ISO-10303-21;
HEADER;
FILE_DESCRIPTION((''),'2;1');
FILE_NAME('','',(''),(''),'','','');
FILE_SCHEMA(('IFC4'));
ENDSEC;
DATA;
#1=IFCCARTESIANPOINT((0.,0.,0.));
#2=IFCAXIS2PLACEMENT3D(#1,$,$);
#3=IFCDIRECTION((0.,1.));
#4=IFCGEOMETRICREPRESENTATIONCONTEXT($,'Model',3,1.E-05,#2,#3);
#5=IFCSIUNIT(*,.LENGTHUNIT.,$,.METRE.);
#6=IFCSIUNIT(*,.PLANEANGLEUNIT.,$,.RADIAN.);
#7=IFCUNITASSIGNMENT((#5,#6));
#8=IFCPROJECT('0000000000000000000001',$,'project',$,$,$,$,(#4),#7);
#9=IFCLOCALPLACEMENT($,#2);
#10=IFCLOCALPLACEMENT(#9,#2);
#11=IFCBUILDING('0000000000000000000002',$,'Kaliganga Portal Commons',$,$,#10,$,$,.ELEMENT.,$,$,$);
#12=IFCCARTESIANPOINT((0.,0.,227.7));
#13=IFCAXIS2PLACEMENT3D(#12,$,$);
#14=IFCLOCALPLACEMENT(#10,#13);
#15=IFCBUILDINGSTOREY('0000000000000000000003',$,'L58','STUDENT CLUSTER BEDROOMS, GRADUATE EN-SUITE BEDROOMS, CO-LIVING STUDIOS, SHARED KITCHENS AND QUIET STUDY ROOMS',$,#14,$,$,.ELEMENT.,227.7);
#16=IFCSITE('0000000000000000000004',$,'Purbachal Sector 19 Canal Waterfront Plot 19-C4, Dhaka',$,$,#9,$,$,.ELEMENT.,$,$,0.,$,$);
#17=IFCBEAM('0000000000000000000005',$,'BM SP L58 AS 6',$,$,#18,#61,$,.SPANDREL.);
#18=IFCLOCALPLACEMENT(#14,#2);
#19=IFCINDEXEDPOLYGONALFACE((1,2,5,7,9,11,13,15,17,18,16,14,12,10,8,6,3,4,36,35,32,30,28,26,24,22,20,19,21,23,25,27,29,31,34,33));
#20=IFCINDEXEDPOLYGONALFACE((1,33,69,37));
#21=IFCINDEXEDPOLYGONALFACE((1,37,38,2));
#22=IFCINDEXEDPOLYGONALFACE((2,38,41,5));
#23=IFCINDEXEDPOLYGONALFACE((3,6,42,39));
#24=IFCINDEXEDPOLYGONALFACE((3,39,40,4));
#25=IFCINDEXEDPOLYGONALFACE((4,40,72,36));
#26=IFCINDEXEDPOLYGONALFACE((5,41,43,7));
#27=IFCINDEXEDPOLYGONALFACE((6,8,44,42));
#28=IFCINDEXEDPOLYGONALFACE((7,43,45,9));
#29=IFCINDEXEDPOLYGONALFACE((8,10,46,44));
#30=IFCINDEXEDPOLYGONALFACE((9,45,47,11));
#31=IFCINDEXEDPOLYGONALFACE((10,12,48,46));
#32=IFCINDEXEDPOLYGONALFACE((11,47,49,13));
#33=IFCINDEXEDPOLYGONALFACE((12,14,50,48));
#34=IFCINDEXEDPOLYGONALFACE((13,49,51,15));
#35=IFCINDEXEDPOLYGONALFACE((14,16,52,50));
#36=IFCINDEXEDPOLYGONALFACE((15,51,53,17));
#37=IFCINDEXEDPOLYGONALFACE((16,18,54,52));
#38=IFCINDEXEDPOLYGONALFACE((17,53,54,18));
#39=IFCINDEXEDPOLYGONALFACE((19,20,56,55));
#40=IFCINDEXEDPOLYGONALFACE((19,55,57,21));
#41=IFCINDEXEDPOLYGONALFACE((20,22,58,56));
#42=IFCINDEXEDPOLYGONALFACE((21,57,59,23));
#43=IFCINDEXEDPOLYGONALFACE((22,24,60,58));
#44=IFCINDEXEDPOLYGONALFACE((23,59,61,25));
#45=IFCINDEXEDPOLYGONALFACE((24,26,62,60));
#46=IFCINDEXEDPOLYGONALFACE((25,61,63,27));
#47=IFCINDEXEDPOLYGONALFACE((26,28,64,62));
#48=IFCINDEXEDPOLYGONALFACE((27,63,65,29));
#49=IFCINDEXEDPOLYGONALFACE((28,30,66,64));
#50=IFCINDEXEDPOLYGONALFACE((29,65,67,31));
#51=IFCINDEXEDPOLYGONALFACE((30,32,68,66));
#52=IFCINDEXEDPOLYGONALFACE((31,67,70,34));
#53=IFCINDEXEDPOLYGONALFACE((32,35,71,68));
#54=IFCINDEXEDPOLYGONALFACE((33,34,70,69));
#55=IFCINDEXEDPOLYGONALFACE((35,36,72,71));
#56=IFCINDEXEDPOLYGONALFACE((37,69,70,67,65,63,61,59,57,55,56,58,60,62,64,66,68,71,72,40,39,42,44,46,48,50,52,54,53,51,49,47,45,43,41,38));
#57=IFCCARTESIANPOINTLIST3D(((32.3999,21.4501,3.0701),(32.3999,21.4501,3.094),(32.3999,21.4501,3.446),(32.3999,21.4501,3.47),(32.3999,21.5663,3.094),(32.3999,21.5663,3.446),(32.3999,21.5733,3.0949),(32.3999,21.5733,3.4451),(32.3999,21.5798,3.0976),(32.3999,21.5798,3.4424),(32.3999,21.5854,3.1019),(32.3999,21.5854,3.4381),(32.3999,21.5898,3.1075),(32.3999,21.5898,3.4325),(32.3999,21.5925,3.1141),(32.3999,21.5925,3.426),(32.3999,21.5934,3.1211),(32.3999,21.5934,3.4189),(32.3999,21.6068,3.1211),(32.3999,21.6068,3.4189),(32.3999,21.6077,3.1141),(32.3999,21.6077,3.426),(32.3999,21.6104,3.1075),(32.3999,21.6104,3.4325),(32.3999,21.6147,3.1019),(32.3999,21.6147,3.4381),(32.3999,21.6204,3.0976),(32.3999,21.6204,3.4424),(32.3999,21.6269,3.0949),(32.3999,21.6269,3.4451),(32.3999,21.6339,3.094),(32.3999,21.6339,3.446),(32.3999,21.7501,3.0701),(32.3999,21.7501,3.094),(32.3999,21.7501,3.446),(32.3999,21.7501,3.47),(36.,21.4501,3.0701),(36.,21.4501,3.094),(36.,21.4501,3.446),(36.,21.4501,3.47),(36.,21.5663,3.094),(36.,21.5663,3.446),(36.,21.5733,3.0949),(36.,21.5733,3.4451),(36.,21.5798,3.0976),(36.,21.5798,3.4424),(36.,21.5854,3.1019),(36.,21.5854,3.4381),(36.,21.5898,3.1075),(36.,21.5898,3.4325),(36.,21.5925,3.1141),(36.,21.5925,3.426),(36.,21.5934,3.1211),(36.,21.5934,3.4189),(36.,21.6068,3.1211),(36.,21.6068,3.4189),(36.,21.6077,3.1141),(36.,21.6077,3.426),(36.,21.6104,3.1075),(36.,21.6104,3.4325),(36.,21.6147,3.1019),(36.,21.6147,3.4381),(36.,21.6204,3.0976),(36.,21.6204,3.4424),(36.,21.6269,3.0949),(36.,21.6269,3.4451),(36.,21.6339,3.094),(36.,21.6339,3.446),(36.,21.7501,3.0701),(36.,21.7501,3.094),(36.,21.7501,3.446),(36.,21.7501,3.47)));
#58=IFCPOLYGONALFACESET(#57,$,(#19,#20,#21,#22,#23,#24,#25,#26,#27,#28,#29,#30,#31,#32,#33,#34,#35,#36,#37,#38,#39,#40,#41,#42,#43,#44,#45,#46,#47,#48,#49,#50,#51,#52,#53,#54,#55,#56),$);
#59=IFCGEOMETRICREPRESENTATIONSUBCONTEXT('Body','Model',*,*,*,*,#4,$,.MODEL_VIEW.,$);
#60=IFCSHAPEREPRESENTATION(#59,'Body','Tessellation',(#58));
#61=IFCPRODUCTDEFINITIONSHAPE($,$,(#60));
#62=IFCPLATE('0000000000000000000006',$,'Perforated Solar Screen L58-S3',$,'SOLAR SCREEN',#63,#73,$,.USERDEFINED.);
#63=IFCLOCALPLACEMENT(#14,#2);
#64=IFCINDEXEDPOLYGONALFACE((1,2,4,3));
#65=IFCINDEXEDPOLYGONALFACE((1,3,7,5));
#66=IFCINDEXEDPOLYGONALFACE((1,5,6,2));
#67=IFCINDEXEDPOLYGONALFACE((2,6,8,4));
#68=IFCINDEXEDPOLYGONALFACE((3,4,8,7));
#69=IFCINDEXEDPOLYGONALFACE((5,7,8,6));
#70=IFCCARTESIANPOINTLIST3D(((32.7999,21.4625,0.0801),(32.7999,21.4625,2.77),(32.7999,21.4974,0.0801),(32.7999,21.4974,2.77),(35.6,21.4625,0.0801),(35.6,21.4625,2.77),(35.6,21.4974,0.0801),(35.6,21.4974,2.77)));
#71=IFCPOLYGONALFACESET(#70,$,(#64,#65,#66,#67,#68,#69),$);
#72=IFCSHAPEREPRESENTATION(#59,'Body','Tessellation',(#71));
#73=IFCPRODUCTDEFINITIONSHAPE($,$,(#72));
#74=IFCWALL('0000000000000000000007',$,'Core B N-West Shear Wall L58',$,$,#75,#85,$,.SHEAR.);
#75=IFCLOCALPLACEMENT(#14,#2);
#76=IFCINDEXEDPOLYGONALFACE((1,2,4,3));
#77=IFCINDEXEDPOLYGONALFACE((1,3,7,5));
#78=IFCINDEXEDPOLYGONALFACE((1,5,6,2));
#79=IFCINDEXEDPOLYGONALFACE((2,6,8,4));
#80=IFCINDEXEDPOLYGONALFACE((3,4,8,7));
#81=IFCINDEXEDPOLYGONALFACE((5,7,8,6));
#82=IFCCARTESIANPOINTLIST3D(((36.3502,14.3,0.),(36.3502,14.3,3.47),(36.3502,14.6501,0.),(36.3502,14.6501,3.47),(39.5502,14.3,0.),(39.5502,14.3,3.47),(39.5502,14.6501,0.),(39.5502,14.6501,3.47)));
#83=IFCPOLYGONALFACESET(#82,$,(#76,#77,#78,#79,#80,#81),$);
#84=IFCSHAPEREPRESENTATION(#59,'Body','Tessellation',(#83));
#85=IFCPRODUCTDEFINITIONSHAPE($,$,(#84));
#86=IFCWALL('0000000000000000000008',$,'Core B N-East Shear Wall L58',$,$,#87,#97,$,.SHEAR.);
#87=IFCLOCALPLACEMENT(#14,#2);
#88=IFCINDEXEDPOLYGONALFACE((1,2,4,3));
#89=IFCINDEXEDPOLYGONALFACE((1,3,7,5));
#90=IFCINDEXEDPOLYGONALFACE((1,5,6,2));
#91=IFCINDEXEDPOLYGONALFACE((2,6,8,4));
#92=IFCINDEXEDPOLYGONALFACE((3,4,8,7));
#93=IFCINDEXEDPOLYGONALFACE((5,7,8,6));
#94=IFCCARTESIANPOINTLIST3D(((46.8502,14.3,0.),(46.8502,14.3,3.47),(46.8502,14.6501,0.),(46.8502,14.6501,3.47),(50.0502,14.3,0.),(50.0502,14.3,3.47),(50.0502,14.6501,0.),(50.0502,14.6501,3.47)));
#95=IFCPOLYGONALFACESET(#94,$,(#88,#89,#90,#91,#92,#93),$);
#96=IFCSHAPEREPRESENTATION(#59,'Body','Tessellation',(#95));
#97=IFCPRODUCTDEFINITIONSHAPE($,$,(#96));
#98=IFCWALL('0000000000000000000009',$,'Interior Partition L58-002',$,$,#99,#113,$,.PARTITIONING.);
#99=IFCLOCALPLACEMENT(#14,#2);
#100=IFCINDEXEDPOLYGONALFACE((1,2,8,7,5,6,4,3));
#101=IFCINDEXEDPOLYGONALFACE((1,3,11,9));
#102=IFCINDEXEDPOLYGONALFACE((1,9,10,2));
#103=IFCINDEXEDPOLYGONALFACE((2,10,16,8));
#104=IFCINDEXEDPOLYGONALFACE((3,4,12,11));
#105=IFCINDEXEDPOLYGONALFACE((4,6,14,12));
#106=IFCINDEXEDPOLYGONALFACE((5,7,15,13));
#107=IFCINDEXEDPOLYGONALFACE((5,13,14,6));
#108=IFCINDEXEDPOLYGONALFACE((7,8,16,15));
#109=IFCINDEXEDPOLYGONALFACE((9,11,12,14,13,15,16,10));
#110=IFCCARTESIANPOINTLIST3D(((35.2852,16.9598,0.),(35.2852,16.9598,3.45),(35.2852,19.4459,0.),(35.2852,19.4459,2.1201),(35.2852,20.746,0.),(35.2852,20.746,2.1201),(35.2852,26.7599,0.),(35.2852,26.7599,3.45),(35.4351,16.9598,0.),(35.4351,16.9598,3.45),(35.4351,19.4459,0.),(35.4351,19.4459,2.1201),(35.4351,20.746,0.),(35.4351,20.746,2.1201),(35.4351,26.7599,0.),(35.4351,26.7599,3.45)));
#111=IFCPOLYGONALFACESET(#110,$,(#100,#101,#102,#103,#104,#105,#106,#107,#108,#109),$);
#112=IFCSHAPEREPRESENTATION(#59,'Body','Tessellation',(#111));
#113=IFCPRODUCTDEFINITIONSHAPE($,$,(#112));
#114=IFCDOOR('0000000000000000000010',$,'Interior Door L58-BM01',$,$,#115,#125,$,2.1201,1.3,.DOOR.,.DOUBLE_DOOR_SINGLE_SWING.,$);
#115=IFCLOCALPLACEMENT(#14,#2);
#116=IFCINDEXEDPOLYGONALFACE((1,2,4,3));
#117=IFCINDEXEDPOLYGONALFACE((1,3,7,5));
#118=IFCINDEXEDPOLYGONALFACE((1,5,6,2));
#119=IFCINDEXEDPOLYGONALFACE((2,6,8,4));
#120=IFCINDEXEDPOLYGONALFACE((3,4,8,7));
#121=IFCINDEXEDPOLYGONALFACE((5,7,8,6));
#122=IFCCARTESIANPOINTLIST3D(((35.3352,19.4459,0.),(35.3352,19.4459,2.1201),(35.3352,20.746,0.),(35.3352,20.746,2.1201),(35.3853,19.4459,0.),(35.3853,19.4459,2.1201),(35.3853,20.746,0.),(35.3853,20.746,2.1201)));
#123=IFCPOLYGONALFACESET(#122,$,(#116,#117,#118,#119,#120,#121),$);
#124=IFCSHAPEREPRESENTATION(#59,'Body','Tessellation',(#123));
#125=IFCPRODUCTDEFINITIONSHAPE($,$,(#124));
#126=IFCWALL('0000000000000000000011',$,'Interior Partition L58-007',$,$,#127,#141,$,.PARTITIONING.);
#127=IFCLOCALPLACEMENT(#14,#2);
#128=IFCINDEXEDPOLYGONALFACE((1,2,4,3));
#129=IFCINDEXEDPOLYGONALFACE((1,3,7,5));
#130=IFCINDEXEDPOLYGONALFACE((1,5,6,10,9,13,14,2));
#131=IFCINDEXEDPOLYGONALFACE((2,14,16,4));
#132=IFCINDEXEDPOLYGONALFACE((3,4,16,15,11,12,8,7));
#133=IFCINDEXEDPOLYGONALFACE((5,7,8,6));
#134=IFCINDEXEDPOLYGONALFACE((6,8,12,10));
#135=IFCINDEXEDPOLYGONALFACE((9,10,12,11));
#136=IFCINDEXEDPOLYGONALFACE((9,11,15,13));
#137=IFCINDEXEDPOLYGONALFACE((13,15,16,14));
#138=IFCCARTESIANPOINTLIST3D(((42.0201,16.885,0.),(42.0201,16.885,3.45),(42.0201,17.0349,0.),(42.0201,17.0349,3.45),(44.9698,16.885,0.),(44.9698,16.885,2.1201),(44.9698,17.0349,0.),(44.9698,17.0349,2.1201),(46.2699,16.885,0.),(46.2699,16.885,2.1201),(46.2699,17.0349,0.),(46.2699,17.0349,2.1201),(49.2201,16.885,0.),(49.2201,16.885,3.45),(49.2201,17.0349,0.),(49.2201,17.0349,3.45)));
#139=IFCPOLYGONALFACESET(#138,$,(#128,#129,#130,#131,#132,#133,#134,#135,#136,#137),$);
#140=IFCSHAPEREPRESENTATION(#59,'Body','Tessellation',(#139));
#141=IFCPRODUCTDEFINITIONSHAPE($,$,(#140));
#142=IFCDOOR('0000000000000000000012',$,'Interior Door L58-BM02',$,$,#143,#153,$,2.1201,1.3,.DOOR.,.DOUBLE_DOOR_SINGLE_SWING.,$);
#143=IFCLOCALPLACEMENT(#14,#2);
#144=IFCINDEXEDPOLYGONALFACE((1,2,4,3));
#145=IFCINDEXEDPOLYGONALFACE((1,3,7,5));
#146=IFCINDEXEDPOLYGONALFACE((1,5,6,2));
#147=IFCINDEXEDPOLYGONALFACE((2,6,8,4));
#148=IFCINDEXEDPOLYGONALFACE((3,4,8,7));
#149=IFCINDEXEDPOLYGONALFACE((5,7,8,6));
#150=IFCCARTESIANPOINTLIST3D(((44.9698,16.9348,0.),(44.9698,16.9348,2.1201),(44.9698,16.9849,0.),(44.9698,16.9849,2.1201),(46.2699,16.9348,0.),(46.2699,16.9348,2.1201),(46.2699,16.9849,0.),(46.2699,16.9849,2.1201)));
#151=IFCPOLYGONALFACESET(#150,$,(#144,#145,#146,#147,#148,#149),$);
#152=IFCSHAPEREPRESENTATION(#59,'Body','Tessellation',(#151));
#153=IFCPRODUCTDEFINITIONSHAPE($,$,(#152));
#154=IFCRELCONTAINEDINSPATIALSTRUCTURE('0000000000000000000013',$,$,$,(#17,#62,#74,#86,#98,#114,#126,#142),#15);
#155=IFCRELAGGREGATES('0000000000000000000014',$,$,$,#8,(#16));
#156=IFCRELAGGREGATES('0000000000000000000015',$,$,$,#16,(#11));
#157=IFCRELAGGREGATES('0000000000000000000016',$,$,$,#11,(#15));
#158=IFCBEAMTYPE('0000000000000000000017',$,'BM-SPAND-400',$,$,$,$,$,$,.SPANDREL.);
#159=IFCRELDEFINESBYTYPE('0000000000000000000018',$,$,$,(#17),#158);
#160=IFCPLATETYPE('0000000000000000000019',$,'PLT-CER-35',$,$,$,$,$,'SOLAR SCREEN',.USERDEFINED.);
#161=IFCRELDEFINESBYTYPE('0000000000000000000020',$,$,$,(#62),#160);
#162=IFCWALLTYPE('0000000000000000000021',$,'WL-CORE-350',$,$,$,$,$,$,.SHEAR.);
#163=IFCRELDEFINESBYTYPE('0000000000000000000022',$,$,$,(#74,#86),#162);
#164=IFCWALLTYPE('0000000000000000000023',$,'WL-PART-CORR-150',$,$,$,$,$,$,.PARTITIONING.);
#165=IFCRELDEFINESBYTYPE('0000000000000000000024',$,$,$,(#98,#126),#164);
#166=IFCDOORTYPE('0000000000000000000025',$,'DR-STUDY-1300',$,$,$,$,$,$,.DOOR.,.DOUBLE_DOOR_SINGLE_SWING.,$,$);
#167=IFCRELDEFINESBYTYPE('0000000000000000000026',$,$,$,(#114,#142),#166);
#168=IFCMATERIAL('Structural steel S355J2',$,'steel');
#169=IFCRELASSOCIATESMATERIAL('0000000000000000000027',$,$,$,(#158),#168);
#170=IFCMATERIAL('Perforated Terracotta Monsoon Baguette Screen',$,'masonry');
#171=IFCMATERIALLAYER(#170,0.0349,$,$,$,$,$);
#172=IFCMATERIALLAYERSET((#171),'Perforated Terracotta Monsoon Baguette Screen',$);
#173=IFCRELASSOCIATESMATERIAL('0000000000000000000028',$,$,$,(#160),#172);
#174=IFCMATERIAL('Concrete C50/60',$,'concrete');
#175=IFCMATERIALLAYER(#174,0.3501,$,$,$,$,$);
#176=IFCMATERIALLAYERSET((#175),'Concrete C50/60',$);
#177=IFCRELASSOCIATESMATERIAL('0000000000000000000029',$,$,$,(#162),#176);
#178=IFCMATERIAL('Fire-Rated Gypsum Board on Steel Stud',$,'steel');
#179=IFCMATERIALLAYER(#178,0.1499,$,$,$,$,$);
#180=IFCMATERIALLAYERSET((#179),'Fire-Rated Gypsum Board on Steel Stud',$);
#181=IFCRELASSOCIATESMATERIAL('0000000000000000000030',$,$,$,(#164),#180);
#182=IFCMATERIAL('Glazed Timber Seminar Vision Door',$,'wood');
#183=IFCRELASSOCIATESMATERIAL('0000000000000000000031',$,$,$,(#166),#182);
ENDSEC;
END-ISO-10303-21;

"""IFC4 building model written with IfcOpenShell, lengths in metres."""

from ifc_helpers import new_model, si_unit, direction, frame, frame_2d, origin, origin_2d, place, context, subcontext, project, spatial, rectangle, i_section, extrude, source, transform, mapped, material, layer, layer_set, material_profile, profile_set, type_object, element, fill, save


model = new_model("IFC4")

# Units and contexts
model_context = context("Model", 3, precision=1e-05, world=origin(), true_north=direction((0.0, 1.0)))
body_context = subcontext(model_context, "Body", "Model", "MODEL_VIEW")
ifc_project = project(units=[si_unit("LENGTHUNIT", "METRE"), si_unit("PLANEANGLEUNIT", "RADIAN")], contexts=[model_context])

# Site, building, storey
site_placement = place(None, origin())
site = spatial("IfcSite", under=ifc_project, at=site_placement, Name="Purbachal Sector 19 Canal Waterfront Plot 19-C4, Dhaka", CompositionType="ELEMENT", RefElevation=0.0)
building_placement = place(site_placement, origin())
building = spatial("IfcBuilding", under=site, at=building_placement, Name="Kaliganga Portal Commons", CompositionType="ELEMENT")
storey_placement = place(building_placement, frame((0.0, 0.0, 227.7)))
storey = spatial("IfcBuildingStorey", under=building, at=storey_placement, Name="L58", Description="STUDENT CLUSTER BEDROOMS, GRADUATE EN-SUITE BEDROOMS, CO-LIVING STUDIOS, SHARED KITCHENS AND QUIET STUDY ROOMS", CompositionType="ELEMENT", Elevation=227.7)

# Shared definitions
ifc_material_1 = material(Name="Concrete C50/60", Category="concrete")

# Beam
ifc_material_2 = material(Name="Structural steel S355J2", Category="steel")
ifc_material_profile_1 = material_profile(ifc_material_2, i_section(OverallWidth=0.3, OverallDepth=0.3999, WebThickness=0.0134, FlangeThickness=0.0239, FilletRadius=0.0271, at=origin_2d()), Name="HE 400 B")
ifc_profile_set_1 = profile_set([ifc_material_profile_1], Name="Structural steel S355J2 wide-flange")
beam_type_1 = type_object("IfcBeamType", Name="BM-SPAND-400", PredefinedType="SPANDREL", material=ifc_profile_set_1)
shared_shape_1 = source(origin(), body_context, "Body", "SweptSolid", [
    extrude(i_section(OverallWidth=0.3, OverallDepth=0.3999, WebThickness=0.0134, FlangeThickness=0.0239, FilletRadius=0.0271, at=origin_2d()), origin(), (0.0, 0.0, 1.0), 3.6001),
])
beam_1_placement = place(storey_placement, frame((32.3999, 21.6001, 3.27), z_axis=(1.0, 0.0, 0.0), x_axis=(0.0, 1.0, 0.0)))
element("IfcBeam", 1, at=beam_1_placement, inside=storey, type_object=beam_type_1, Name="BM SP L58 AS 6", PredefinedType="SPANDREL", context=body_context, shape_type="MappedRepresentation", body=[
    mapped(shared_shape_1, transform((0.0, 0.0, 0.0), x_axis=(1.0, 0.0, 0.0), y_axis=(0.0, 1.0, 0.0), z_axis=(0.0, 0.0, 1.0), scale=1.0)),
])

# Plate
ifc_material_3 = material(Name="Perforated Terracotta Monsoon Baguette Screen", Category="masonry")
ifc_layer_1 = layer(ifc_material_3, 0.0349)
ifc_layer_set_1 = layer_set([ifc_layer_1], Name="Perforated Terracotta Monsoon Baguette Screen")
plate_type = type_object("IfcPlateType", Name="PLT-CER-35", ElementType="SOLAR SCREEN", PredefinedType="USERDEFINED", material=ifc_layer_set_1)
shared_shape_2 = source(origin(), body_context, "Body", "SweptSolid", [
    extrude(rectangle(XDim=2.8, YDim=0.0349, at=origin_2d()), origin(), (0.0, 0.0, 1.0), 2.6899),
])
plate_placement = place(storey_placement, frame((34.2, 21.48, 0.0801), z_axis=(0.0, 0.0, 1.0), x_axis=(1.0, 0.0, 0.0)))
element("IfcPlate", 2, at=plate_placement, inside=storey, type_object=plate_type, Name="Perforated Solar Screen L58-S3", ObjectType="SOLAR SCREEN", PredefinedType="USERDEFINED", context=body_context, shape_type="MappedRepresentation", body=[
    mapped(shared_shape_2, transform((0.0, 0.0, 0.0), x_axis=(1.0, 0.0, 0.0), y_axis=(0.0, 1.0, 0.0), z_axis=(0.0, 0.0, 1.0), scale=1.0)),
])

# Walls
ifc_layer_2 = layer(ifc_material_1, 0.3501)
ifc_layer_set_2 = layer_set([ifc_layer_2], Name="Concrete C50/60")
wall_type_1 = type_object("IfcWallType", Name="WL-CORE-350", PredefinedType="SHEAR", material=ifc_layer_set_2)
for number, where, z_axis, x_axis, name in (
    (3, (36.3501, 14.4751, 0.0), (0.0, 0.0, 1.0), (1.0, 0.0, 0.0), "Core B N-West Shear Wall L58"),
    (4, (46.8501, 14.4751, 0.0), (0.0, 0.0, 1.0), (1.0, 0.0, 0.0), "Core B N-East Shear Wall L58"),
):
    element("IfcWall", number, at=place(storey_placement, frame(where, z_axis=z_axis, x_axis=x_axis)), inside=storey, type_object=wall_type_1, Name=name, PredefinedType="SHEAR", context=body_context, shape_type="SweptSolid", body=[
        extrude(rectangle(XDim=3.2, YDim=0.3501, at=frame_2d((1.6001, 0.0))), origin(), (0.0, 0.0, 1.0), 3.47),
    ])

# Walls, openings, doors
ifc_material_4 = material(Name="Fire-Rated Gypsum Board on Steel Stud", Category="steel")
ifc_layer_3 = layer(ifc_material_4, 0.1499)
ifc_layer_set_3 = layer_set([ifc_layer_3], Name="Fire-Rated Gypsum Board on Steel Stud")
wall_type_2 = type_object("IfcWallType", Name="WL-PART-CORR-150", PredefinedType="PARTITIONING", material=ifc_layer_set_3)
wall_1_placement = place(storey_placement, frame((35.3601, 16.96, 0.0), z_axis=(0.0, 0.0, 1.0), x_axis=(0.0, 1.0, 0.0)))
wall_1 = element("IfcWall", 5, at=wall_1_placement, inside=storey, type_object=wall_type_2, Name="Interior Partition L58-002", PredefinedType="PARTITIONING", context=body_context, shape_type="SweptSolid", body=[
    extrude(rectangle(XDim=9.8, YDim=0.1499, at=frame_2d((4.8999, 0.0))), origin(), (0.0, 0.0, 1.0), 3.45),
])
opening_1_placement = place(wall_1_placement, frame((2.4861, 0.0, 0.0)))
opening_1 = element("IfcOpeningElement", 6, at=opening_1_placement, cuts=wall_1, PredefinedType="OPENING", context=body_context, shape_type="SweptSolid", body=[
    extrude(rectangle(XDim=1.3, YDim=2.1201, at=frame_2d((0.6499, 1.0601))), frame((0.0, 0.085, 0.0), z_axis=(0.0, -1.0, 0.0), x_axis=(1.0, 0.0, 0.0)), (0.0, 0.0, 1.0), 0.1699),
])
ifc_material_5 = material(Name="Glazed Timber Seminar Vision Door", Category="wood")
door_type_1 = type_object("IfcDoorType", Name="DR-STUDY-1300", OperationType="DOUBLE_DOOR_SINGLE_SWING", PredefinedType="DOOR", material=ifc_material_5)
door_1_placement = place(opening_1_placement, origin())
door_1 = element("IfcDoor", 7, at=door_1_placement, inside=storey, type_object=door_type_1, Name="Interior Door L58-BM01", OperationType="DOUBLE_DOOR_SINGLE_SWING", OverallHeight=2.1201, OverallWidth=1.3, PredefinedType="DOOR", context=body_context, shape_type="SweptSolid", body=[
    extrude(rectangle(XDim=1.3, YDim=2.1201, at=frame_2d((0.6499, 1.0601))), frame((0.0, 0.0249, 0.0), z_axis=(0.0, -1.0, 0.0), x_axis=(1.0, 0.0, 0.0)), (0.0, 0.0, 1.0), 0.05),
])
fill(opening_1, door_1)
wall_2_placement = place(storey_placement, frame((42.02, 16.96, 0.0), z_axis=(0.0, 0.0, 1.0), x_axis=(1.0, 0.0, 0.0)))
wall_2 = element("IfcWall", 8, at=wall_2_placement, inside=storey, type_object=wall_type_2, Name="Interior Partition L58-007", PredefinedType="PARTITIONING", context=body_context, shape_type="SweptSolid", body=[
    extrude(rectangle(XDim=7.2, YDim=0.1499, at=frame_2d((3.6001, 0.0))), origin(), (0.0, 0.0, 1.0), 3.45),
])
opening_2_placement = place(wall_2_placement, frame((2.95, 0.0, 0.0)))
opening_2 = element("IfcOpeningElement", 9, at=opening_2_placement, cuts=wall_2, PredefinedType="OPENING", context=body_context, shape_type="SweptSolid", body=[
    extrude(rectangle(XDim=1.3, YDim=2.1201, at=frame_2d((0.6499, 1.0601))), frame((0.0, 0.085, 0.0), z_axis=(0.0, -1.0, 0.0), x_axis=(1.0, 0.0, 0.0)), (0.0, 0.0, 1.0), 0.1699),
])
door_2_placement = place(opening_2_placement, origin())
door_2 = element("IfcDoor", 10, at=door_2_placement, inside=storey, type_object=door_type_1, Name="Interior Door L58-BM02", OperationType="DOUBLE_DOOR_SINGLE_SWING", OverallHeight=2.1201, OverallWidth=1.3, PredefinedType="DOOR", context=body_context, shape_type="SweptSolid", body=[
    extrude(rectangle(XDim=1.3, YDim=2.1201, at=frame_2d((0.6499, 1.0601))), frame((0.0, 0.0249, 0.0), z_axis=(0.0, -1.0, 0.0), x_axis=(1.0, 0.0, 0.0)), (0.0, 0.0, 1.0), 0.05),
])
fill(opening_2, door_2)

save(model, "model.ifc")
